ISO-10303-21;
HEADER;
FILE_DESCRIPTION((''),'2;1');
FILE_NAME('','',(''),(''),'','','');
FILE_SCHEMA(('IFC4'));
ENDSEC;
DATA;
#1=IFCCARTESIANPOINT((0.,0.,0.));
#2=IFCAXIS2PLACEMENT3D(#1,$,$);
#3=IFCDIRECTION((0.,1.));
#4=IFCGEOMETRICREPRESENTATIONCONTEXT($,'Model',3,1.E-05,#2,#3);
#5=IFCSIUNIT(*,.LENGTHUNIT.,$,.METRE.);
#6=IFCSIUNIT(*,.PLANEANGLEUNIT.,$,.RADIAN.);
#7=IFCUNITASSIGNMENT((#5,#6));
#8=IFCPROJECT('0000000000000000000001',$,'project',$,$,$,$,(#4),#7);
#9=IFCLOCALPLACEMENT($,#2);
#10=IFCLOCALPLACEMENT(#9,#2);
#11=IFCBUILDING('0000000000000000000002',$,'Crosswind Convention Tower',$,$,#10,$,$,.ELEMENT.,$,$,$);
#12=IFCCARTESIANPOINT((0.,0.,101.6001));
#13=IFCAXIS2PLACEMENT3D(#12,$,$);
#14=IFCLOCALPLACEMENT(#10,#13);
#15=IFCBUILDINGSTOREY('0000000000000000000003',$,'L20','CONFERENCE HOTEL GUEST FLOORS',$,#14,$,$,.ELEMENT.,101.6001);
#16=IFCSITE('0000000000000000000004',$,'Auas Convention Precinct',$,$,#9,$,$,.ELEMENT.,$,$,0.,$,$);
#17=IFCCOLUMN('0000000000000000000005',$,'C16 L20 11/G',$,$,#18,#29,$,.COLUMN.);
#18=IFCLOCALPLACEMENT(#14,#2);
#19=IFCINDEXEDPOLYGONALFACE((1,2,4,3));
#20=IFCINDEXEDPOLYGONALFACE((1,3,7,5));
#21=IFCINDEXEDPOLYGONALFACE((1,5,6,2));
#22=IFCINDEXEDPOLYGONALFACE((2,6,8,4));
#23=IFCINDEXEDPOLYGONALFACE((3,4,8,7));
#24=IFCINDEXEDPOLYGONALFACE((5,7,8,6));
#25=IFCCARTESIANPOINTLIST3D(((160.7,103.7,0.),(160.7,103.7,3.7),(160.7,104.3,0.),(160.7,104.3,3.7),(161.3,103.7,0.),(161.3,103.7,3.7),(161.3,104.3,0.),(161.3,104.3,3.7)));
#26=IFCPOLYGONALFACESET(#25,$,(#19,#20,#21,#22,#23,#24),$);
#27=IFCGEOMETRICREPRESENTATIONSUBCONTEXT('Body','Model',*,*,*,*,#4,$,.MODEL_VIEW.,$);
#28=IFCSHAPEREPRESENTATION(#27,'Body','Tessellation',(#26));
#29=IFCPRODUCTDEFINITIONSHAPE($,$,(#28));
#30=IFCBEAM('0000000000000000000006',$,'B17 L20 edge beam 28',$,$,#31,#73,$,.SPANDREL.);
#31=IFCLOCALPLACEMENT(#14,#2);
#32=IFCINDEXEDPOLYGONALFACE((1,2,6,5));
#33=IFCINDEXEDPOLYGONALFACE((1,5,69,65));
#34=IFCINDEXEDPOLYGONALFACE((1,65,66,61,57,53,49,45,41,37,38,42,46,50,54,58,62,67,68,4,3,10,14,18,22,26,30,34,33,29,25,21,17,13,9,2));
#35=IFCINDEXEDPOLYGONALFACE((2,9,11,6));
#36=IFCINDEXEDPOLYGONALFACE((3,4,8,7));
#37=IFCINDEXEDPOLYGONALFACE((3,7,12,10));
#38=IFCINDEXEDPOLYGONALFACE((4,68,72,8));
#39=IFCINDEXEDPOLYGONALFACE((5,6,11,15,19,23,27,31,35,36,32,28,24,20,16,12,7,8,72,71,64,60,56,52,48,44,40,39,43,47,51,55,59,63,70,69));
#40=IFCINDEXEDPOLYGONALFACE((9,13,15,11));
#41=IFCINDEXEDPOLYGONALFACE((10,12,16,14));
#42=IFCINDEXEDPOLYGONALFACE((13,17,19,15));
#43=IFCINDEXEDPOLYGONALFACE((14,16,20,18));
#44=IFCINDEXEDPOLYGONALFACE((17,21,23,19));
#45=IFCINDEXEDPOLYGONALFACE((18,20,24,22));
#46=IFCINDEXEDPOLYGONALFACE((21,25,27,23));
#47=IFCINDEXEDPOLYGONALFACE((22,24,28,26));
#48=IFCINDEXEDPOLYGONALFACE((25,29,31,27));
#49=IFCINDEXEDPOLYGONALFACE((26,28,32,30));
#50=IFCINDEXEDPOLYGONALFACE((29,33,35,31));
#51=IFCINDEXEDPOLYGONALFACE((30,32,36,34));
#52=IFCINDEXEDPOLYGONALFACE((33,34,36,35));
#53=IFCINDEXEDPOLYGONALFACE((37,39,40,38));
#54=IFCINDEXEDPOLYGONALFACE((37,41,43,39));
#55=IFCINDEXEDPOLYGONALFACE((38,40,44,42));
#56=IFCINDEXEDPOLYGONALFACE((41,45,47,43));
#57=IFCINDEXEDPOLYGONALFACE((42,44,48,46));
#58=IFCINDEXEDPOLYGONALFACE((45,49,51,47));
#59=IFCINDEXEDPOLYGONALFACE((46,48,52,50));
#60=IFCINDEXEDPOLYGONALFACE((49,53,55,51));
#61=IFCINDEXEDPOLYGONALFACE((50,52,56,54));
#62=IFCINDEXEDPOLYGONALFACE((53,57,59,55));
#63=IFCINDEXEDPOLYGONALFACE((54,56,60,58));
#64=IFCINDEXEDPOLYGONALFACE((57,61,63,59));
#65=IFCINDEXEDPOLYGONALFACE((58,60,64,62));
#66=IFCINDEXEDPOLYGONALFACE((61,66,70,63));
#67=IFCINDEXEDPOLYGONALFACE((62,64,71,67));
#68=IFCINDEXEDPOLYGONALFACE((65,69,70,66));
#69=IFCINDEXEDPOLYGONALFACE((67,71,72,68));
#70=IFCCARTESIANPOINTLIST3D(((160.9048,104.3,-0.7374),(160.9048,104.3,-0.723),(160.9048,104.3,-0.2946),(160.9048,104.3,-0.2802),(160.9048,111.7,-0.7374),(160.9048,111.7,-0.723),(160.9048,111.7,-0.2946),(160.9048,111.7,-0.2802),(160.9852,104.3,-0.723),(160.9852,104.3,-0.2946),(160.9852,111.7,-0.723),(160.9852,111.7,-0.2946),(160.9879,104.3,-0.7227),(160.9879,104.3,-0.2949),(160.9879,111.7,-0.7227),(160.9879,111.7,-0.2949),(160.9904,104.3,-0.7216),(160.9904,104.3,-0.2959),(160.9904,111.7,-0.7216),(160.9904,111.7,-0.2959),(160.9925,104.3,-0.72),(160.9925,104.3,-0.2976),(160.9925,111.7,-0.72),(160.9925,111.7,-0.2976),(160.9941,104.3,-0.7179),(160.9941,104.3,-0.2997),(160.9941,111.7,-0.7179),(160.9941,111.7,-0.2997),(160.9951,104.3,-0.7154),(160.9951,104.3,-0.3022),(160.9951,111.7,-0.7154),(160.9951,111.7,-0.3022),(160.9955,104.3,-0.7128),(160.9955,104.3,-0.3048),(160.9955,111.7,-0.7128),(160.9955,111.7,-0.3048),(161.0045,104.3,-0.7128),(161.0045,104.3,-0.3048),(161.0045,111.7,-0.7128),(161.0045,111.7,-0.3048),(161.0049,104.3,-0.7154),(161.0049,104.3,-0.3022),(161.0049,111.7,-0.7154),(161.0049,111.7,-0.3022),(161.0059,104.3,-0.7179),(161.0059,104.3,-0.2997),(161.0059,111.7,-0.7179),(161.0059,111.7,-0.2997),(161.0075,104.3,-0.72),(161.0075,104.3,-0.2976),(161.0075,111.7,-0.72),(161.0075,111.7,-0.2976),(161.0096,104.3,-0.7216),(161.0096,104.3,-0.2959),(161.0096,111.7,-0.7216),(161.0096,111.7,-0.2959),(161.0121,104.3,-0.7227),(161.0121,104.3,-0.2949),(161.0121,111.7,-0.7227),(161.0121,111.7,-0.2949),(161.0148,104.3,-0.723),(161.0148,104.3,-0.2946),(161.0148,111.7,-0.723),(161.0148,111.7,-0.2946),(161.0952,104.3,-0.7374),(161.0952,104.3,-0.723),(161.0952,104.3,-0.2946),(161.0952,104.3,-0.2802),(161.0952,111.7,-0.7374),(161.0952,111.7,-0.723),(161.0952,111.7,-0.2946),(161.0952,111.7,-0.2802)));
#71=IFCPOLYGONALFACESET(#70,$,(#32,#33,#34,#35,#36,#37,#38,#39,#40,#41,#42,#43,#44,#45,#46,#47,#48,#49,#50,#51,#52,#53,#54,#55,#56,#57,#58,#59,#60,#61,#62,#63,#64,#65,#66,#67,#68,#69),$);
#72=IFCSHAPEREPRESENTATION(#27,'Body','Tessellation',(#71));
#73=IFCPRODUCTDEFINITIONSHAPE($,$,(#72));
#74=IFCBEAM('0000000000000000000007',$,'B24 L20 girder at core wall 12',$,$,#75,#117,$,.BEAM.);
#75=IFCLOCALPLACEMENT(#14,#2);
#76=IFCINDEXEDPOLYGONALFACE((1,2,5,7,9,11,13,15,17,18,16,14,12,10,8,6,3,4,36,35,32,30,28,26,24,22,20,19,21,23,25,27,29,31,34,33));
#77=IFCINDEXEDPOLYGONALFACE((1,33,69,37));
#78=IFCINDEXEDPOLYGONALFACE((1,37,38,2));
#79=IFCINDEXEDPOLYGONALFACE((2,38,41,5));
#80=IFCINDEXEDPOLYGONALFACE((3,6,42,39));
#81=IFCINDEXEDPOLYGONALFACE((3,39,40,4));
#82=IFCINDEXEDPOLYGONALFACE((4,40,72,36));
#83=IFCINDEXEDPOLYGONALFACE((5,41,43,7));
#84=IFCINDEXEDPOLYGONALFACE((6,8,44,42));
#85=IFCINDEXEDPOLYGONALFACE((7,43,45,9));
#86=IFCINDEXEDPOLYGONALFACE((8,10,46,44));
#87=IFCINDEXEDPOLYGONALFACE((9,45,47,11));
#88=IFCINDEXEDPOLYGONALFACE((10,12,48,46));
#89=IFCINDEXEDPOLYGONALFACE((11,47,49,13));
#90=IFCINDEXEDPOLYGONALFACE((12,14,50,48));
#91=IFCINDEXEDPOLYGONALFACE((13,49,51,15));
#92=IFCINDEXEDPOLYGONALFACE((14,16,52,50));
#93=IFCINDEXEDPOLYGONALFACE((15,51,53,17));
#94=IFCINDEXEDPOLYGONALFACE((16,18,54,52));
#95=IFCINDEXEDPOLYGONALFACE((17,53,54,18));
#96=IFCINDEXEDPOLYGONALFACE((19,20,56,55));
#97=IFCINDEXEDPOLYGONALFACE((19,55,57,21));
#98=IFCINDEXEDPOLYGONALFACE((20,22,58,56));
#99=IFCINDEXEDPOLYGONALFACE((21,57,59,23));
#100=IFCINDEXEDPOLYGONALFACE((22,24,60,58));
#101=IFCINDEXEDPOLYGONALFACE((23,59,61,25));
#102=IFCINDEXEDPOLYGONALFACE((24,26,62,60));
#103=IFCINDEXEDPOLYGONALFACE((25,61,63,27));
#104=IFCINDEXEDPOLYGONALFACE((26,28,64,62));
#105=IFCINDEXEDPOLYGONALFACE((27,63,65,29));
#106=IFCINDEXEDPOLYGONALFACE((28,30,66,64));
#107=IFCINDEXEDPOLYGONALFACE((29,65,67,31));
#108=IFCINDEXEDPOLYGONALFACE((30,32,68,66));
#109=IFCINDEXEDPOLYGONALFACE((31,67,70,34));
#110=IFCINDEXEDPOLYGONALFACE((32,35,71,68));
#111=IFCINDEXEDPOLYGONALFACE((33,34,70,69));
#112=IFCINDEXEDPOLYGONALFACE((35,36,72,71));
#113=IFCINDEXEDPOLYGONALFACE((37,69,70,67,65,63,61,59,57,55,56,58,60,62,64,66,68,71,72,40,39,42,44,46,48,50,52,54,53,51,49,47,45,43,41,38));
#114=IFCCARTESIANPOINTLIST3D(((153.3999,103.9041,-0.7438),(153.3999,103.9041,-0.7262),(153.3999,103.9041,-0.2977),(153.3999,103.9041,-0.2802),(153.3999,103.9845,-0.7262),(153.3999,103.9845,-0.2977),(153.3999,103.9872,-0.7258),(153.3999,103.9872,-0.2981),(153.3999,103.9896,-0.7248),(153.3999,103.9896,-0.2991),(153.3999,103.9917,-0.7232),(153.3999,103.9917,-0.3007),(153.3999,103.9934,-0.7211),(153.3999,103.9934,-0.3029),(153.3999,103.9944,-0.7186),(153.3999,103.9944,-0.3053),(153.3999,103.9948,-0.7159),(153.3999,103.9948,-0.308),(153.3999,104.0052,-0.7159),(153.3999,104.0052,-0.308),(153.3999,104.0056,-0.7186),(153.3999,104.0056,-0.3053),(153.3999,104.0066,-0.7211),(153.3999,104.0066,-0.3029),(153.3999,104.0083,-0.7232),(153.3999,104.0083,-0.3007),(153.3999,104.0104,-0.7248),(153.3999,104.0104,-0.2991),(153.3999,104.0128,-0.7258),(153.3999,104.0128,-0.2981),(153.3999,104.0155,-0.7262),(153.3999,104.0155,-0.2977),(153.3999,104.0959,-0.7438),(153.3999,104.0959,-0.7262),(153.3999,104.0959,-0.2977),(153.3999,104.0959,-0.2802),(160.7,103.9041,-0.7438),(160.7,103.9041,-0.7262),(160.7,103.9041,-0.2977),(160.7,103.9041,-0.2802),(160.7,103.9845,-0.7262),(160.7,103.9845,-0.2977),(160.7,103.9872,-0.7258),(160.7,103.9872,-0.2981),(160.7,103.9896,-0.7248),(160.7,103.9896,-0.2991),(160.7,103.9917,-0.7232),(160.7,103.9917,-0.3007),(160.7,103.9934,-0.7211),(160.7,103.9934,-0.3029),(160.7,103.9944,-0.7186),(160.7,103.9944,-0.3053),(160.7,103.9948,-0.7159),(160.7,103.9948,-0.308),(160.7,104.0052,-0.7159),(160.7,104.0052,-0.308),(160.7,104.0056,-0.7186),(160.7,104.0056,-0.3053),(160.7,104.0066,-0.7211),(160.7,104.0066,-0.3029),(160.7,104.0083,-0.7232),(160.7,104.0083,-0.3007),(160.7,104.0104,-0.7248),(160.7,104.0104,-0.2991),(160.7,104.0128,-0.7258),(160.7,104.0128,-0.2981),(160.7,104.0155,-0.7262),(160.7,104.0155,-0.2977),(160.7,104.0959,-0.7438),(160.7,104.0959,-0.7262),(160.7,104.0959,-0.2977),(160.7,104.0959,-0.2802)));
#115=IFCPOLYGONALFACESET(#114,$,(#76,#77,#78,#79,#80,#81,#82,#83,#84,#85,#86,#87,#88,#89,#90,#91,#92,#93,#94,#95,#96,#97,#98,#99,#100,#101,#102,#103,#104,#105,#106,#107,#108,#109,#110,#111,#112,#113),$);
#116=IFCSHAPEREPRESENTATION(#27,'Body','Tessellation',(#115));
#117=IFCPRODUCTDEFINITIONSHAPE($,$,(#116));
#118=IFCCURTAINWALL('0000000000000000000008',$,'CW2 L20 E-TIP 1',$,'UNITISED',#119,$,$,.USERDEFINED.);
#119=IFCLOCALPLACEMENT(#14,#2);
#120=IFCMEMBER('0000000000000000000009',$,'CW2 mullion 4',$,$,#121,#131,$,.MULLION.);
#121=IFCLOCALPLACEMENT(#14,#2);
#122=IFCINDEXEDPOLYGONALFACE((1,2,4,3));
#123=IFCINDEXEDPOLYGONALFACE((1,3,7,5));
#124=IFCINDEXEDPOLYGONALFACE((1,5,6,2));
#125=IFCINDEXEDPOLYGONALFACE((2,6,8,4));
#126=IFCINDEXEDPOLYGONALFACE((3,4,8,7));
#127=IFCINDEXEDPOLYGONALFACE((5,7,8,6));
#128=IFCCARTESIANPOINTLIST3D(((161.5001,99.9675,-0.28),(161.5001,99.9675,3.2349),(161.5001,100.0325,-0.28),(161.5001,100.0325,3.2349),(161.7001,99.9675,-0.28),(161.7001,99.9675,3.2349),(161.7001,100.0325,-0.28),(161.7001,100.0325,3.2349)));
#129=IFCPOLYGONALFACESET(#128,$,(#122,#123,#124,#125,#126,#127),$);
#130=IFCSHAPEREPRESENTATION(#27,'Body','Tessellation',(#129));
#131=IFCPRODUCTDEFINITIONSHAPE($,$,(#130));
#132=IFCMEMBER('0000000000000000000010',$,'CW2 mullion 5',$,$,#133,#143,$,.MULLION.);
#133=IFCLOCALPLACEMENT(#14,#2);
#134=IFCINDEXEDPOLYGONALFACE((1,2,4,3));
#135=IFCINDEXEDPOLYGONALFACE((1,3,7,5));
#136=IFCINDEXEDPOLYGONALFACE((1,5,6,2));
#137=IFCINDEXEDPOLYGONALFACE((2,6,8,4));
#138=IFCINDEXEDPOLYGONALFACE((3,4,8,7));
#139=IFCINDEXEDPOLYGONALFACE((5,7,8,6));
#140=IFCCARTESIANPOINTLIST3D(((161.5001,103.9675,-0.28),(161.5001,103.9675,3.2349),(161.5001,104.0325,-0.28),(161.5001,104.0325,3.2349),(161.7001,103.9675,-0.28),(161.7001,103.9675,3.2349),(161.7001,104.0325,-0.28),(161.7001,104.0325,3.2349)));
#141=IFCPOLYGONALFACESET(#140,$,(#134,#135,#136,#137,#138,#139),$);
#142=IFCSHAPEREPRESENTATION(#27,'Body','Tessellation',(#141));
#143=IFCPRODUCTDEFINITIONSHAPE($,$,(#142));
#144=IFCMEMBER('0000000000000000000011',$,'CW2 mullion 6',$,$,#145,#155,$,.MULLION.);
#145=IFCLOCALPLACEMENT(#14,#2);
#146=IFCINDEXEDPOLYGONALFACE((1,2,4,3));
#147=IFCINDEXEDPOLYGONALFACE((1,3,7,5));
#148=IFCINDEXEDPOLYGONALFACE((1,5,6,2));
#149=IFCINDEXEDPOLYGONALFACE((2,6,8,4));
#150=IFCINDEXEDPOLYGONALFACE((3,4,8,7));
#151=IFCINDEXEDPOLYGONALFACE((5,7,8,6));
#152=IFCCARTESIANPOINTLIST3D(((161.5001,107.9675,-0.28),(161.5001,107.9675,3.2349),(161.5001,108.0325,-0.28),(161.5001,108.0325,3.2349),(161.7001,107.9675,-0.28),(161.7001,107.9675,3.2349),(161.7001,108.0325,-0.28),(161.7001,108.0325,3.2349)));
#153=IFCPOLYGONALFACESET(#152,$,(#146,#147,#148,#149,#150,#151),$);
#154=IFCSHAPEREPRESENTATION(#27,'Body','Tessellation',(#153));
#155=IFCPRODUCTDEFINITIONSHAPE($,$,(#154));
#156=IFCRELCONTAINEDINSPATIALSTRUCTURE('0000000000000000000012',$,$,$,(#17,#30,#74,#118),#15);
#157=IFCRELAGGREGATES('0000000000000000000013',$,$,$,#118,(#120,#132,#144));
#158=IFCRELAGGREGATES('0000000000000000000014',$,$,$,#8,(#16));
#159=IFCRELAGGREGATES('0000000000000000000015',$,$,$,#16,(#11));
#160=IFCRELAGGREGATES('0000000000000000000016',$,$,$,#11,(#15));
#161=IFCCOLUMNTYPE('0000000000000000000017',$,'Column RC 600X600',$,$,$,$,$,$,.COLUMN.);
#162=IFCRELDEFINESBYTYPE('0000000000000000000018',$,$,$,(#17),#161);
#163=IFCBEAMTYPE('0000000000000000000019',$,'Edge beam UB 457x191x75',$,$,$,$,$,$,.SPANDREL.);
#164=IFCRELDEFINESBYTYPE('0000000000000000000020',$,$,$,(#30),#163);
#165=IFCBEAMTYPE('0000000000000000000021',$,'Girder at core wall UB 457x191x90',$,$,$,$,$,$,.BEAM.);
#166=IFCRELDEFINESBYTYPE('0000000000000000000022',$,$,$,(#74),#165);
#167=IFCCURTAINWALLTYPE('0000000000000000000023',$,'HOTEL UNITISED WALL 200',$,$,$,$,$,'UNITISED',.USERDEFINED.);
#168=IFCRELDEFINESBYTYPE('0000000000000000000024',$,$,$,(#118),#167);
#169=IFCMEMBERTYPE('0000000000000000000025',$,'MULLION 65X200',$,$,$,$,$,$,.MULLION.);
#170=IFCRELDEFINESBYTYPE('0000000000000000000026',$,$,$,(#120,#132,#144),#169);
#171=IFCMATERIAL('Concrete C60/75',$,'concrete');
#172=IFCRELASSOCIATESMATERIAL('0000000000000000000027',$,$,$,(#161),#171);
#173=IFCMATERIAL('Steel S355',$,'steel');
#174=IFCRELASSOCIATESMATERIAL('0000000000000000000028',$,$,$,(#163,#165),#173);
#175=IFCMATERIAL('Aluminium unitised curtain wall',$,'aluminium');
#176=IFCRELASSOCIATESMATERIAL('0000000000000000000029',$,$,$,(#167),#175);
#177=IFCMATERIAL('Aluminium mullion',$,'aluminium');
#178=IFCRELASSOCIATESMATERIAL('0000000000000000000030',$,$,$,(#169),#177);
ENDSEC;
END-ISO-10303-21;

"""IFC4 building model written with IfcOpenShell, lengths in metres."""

from ifc_helpers import new_model, si_unit, direction, frame, origin, origin_2d, place, context, subcontext, project, spatial, rectangle, i_section, extrude, material, material_profile, profile_set, type_object, element, aggregate, save


model = new_model("IFC4")

# Units and contexts
model_context = context("Model", 3, precision=1e-05, world=origin(), true_north=direction((0.0, 1.0)))
body_context = subcontext(model_context, "Body", "Model", "MODEL_VIEW")
ifc_project = project(units=[si_unit("LENGTHUNIT", "METRE"), si_unit("PLANEANGLEUNIT", "RADIAN")], contexts=[model_context])

# Site, building, storey
site_placement = place(None, origin())
site = spatial("IfcSite", under=ifc_project, at=site_placement, Name="Auas Convention Precinct", CompositionType="ELEMENT", RefElevation=0.0)
building_placement = place(site_placement, origin())
building = spatial("IfcBuilding", under=site, at=building_placement, Name="Crosswind Convention Tower", CompositionType="ELEMENT")
storey_placement = place(building_placement, frame((0.0, 0.0, 101.6001)))
storey = spatial("IfcBuildingStorey", under=building, at=storey_placement, Name="L20", Description="CONFERENCE HOTEL GUEST FLOORS", CompositionType="ELEMENT", Elevation=101.6001)

# Column
ifc_material_1 = material(Name="Concrete C60/75", Category="concrete")
ifc_material_profile_1 = material_profile(ifc_material_1, rectangle(XDim=0.6001, YDim=0.6001, at=origin_2d()), Name="RC 600X600")
ifc_profile_set_1 = profile_set([ifc_material_profile_1], Name="Concrete C60/75")
column_type = type_object("IfcColumnType", Name="Column RC 600X600", PredefinedType="COLUMN", material=ifc_profile_set_1)
column_placement = place(storey_placement, frame((161.0, 104.0, 0.0), z_axis=(0.0, 0.0, 1.0), x_axis=(1.0, 0.0, 0.0)))
element("IfcColumn", 1, at=column_placement, inside=storey, type_object=column_type, Name="C16 L20 11/G", PredefinedType="COLUMN", context=body_context, shape_type="SweptSolid", body=[
    extrude(rectangle(XDim=0.6001, YDim=0.6001, at=origin_2d()), origin(), (0.0, 0.0, 1.0), 3.7),
])

# Beams
ifc_material_2 = material(Name="Steel S355", Category="steel")
ifc_material_profile_2 = material_profile(ifc_material_2, i_section(OverallWidth=0.1904, OverallDepth=0.4573, WebThickness=0.009, FlangeThickness=0.0144, FilletRadius=0.0103, at=origin_2d()), Name="UB 457x191x75")
ifc_profile_set_2 = profile_set([ifc_material_profile_2], Name="Steel S355")
beam_type_1 = type_object("IfcBeamType", Name="Edge beam UB 457x191x75", PredefinedType="SPANDREL", material=ifc_profile_set_2)
beam_1_placement = place(storey_placement, frame((161.0, 104.3, -0.5088), z_axis=(0.0, 1.0, 0.0), x_axis=(-1.0, 0.0, 0.0)))
element("IfcBeam", 2, at=beam_1_placement, inside=storey, type_object=beam_type_1, Name="B17 L20 edge beam 28", PredefinedType="SPANDREL", context=body_context, shape_type="SweptSolid", body=[
    extrude(i_section(OverallWidth=0.1904, OverallDepth=0.4573, WebThickness=0.009, FlangeThickness=0.0144, FilletRadius=0.0103, at=origin_2d()), origin(), (0.0, 0.0, 1.0), 7.3999),
])
ifc_material_profile_3 = material_profile(ifc_material_2, i_section(OverallWidth=0.1919, OverallDepth=0.4636, WebThickness=0.0105, FlangeThickness=0.0176, FilletRadius=0.0103, at=origin_2d()), Name="UB 457x191x90")
ifc_profile_set_3 = profile_set([ifc_material_profile_3], Name="Steel S355")
beam_type_2 = type_object("IfcBeamType", Name="Girder at core wall UB 457x191x90", PredefinedType="BEAM", material=ifc_profile_set_3)
beam_2_placement = place(storey_placement, frame((153.3999, 104.0, -0.512), z_axis=(1.0, 0.0, 0.0), x_axis=(0.0, 1.0, 0.0)))
element("IfcBeam", 3, at=beam_2_placement, inside=storey, type_object=beam_type_2, Name="B24 L20 girder at core wall 12", PredefinedType="BEAM", context=body_context, shape_type="SweptSolid", body=[
    extrude(i_section(OverallWidth=0.1919, OverallDepth=0.4636, WebThickness=0.0105, FlangeThickness=0.0176, FilletRadius=0.0103, at=origin_2d()), origin(), (0.0, 0.0, 1.0), 7.3),
])

# Curtain wall, members
ifc_material_3 = material(Name="Aluminium unitised curtain wall", Category="aluminium")
curtain_wall_type = type_object("IfcCurtainWallType", Name="HOTEL UNITISED WALL 200", ElementType="UNITISED", PredefinedType="USERDEFINED", material=ifc_material_3)
curtain_wall_placement = place(storey_placement, origin())
curtain_wall = element("IfcCurtainWall", 4, at=curtain_wall_placement, inside=storey, type_object=curtain_wall_type, Name="CW2 L20 E-TIP 1", ObjectType="UNITISED", PredefinedType="USERDEFINED")
ifc_material_4 = material(Name="Aluminium mullion", Category="aluminium")
ifc_material_profile_4 = material_profile(ifc_material_4, rectangle(XDim=0.2, YDim=0.0649, at=origin_2d()), Name="AL 200X65")
ifc_profile_set_4 = profile_set([ifc_material_profile_4], Name="Aluminium mullion")
member_type = type_object("IfcMemberType", Name="MULLION 65X200", PredefinedType="MULLION", material=ifc_profile_set_4)
member_1_placement = place(storey_placement, frame((161.6001, 100.0, -0.28), z_axis=(0.0, 0.0, 1.0), x_axis=(1.0, 0.0, 0.0)))
member_1 = element("IfcMember", 5, at=member_1_placement, type_object=member_type, Name="CW2 mullion 4", PredefinedType="MULLION", context=body_context, shape_type="SweptSolid", body=[
    extrude(rectangle(XDim=0.2, YDim=0.0649, at=origin_2d()), origin(), (0.0, 0.0, 1.0), 3.5149),
])
member_2_placement = place(storey_placement, frame((161.6001, 104.0, -0.28), z_axis=(0.0, 0.0, 1.0), x_axis=(1.0, 0.0, 0.0)))
member_2 = element("IfcMember", 6, at=member_2_placement, type_object=member_type, Name="CW2 mullion 5", PredefinedType="MULLION", context=body_context, shape_type="SweptSolid", body=[
    extrude(rectangle(XDim=0.2, YDim=0.0649, at=origin_2d()), origin(), (0.0, 0.0, 1.0), 3.5149),
])
member_3_placement = place(storey_placement, frame((161.6001, 108.0, -0.28), z_axis=(0.0, 0.0, 1.0), x_axis=(1.0, 0.0, 0.0)))
member_3 = element("IfcMember", 7, at=member_3_placement, type_object=member_type, Name="CW2 mullion 6", PredefinedType="MULLION", context=body_context, shape_type="SweptSolid", body=[
    extrude(rectangle(XDim=0.2, YDim=0.0649, at=origin_2d()), origin(), (0.0, 0.0, 1.0), 3.5149),
])

aggregate(curtain_wall, [member_1, member_2, member_3])

save(model, "model.ifc")
